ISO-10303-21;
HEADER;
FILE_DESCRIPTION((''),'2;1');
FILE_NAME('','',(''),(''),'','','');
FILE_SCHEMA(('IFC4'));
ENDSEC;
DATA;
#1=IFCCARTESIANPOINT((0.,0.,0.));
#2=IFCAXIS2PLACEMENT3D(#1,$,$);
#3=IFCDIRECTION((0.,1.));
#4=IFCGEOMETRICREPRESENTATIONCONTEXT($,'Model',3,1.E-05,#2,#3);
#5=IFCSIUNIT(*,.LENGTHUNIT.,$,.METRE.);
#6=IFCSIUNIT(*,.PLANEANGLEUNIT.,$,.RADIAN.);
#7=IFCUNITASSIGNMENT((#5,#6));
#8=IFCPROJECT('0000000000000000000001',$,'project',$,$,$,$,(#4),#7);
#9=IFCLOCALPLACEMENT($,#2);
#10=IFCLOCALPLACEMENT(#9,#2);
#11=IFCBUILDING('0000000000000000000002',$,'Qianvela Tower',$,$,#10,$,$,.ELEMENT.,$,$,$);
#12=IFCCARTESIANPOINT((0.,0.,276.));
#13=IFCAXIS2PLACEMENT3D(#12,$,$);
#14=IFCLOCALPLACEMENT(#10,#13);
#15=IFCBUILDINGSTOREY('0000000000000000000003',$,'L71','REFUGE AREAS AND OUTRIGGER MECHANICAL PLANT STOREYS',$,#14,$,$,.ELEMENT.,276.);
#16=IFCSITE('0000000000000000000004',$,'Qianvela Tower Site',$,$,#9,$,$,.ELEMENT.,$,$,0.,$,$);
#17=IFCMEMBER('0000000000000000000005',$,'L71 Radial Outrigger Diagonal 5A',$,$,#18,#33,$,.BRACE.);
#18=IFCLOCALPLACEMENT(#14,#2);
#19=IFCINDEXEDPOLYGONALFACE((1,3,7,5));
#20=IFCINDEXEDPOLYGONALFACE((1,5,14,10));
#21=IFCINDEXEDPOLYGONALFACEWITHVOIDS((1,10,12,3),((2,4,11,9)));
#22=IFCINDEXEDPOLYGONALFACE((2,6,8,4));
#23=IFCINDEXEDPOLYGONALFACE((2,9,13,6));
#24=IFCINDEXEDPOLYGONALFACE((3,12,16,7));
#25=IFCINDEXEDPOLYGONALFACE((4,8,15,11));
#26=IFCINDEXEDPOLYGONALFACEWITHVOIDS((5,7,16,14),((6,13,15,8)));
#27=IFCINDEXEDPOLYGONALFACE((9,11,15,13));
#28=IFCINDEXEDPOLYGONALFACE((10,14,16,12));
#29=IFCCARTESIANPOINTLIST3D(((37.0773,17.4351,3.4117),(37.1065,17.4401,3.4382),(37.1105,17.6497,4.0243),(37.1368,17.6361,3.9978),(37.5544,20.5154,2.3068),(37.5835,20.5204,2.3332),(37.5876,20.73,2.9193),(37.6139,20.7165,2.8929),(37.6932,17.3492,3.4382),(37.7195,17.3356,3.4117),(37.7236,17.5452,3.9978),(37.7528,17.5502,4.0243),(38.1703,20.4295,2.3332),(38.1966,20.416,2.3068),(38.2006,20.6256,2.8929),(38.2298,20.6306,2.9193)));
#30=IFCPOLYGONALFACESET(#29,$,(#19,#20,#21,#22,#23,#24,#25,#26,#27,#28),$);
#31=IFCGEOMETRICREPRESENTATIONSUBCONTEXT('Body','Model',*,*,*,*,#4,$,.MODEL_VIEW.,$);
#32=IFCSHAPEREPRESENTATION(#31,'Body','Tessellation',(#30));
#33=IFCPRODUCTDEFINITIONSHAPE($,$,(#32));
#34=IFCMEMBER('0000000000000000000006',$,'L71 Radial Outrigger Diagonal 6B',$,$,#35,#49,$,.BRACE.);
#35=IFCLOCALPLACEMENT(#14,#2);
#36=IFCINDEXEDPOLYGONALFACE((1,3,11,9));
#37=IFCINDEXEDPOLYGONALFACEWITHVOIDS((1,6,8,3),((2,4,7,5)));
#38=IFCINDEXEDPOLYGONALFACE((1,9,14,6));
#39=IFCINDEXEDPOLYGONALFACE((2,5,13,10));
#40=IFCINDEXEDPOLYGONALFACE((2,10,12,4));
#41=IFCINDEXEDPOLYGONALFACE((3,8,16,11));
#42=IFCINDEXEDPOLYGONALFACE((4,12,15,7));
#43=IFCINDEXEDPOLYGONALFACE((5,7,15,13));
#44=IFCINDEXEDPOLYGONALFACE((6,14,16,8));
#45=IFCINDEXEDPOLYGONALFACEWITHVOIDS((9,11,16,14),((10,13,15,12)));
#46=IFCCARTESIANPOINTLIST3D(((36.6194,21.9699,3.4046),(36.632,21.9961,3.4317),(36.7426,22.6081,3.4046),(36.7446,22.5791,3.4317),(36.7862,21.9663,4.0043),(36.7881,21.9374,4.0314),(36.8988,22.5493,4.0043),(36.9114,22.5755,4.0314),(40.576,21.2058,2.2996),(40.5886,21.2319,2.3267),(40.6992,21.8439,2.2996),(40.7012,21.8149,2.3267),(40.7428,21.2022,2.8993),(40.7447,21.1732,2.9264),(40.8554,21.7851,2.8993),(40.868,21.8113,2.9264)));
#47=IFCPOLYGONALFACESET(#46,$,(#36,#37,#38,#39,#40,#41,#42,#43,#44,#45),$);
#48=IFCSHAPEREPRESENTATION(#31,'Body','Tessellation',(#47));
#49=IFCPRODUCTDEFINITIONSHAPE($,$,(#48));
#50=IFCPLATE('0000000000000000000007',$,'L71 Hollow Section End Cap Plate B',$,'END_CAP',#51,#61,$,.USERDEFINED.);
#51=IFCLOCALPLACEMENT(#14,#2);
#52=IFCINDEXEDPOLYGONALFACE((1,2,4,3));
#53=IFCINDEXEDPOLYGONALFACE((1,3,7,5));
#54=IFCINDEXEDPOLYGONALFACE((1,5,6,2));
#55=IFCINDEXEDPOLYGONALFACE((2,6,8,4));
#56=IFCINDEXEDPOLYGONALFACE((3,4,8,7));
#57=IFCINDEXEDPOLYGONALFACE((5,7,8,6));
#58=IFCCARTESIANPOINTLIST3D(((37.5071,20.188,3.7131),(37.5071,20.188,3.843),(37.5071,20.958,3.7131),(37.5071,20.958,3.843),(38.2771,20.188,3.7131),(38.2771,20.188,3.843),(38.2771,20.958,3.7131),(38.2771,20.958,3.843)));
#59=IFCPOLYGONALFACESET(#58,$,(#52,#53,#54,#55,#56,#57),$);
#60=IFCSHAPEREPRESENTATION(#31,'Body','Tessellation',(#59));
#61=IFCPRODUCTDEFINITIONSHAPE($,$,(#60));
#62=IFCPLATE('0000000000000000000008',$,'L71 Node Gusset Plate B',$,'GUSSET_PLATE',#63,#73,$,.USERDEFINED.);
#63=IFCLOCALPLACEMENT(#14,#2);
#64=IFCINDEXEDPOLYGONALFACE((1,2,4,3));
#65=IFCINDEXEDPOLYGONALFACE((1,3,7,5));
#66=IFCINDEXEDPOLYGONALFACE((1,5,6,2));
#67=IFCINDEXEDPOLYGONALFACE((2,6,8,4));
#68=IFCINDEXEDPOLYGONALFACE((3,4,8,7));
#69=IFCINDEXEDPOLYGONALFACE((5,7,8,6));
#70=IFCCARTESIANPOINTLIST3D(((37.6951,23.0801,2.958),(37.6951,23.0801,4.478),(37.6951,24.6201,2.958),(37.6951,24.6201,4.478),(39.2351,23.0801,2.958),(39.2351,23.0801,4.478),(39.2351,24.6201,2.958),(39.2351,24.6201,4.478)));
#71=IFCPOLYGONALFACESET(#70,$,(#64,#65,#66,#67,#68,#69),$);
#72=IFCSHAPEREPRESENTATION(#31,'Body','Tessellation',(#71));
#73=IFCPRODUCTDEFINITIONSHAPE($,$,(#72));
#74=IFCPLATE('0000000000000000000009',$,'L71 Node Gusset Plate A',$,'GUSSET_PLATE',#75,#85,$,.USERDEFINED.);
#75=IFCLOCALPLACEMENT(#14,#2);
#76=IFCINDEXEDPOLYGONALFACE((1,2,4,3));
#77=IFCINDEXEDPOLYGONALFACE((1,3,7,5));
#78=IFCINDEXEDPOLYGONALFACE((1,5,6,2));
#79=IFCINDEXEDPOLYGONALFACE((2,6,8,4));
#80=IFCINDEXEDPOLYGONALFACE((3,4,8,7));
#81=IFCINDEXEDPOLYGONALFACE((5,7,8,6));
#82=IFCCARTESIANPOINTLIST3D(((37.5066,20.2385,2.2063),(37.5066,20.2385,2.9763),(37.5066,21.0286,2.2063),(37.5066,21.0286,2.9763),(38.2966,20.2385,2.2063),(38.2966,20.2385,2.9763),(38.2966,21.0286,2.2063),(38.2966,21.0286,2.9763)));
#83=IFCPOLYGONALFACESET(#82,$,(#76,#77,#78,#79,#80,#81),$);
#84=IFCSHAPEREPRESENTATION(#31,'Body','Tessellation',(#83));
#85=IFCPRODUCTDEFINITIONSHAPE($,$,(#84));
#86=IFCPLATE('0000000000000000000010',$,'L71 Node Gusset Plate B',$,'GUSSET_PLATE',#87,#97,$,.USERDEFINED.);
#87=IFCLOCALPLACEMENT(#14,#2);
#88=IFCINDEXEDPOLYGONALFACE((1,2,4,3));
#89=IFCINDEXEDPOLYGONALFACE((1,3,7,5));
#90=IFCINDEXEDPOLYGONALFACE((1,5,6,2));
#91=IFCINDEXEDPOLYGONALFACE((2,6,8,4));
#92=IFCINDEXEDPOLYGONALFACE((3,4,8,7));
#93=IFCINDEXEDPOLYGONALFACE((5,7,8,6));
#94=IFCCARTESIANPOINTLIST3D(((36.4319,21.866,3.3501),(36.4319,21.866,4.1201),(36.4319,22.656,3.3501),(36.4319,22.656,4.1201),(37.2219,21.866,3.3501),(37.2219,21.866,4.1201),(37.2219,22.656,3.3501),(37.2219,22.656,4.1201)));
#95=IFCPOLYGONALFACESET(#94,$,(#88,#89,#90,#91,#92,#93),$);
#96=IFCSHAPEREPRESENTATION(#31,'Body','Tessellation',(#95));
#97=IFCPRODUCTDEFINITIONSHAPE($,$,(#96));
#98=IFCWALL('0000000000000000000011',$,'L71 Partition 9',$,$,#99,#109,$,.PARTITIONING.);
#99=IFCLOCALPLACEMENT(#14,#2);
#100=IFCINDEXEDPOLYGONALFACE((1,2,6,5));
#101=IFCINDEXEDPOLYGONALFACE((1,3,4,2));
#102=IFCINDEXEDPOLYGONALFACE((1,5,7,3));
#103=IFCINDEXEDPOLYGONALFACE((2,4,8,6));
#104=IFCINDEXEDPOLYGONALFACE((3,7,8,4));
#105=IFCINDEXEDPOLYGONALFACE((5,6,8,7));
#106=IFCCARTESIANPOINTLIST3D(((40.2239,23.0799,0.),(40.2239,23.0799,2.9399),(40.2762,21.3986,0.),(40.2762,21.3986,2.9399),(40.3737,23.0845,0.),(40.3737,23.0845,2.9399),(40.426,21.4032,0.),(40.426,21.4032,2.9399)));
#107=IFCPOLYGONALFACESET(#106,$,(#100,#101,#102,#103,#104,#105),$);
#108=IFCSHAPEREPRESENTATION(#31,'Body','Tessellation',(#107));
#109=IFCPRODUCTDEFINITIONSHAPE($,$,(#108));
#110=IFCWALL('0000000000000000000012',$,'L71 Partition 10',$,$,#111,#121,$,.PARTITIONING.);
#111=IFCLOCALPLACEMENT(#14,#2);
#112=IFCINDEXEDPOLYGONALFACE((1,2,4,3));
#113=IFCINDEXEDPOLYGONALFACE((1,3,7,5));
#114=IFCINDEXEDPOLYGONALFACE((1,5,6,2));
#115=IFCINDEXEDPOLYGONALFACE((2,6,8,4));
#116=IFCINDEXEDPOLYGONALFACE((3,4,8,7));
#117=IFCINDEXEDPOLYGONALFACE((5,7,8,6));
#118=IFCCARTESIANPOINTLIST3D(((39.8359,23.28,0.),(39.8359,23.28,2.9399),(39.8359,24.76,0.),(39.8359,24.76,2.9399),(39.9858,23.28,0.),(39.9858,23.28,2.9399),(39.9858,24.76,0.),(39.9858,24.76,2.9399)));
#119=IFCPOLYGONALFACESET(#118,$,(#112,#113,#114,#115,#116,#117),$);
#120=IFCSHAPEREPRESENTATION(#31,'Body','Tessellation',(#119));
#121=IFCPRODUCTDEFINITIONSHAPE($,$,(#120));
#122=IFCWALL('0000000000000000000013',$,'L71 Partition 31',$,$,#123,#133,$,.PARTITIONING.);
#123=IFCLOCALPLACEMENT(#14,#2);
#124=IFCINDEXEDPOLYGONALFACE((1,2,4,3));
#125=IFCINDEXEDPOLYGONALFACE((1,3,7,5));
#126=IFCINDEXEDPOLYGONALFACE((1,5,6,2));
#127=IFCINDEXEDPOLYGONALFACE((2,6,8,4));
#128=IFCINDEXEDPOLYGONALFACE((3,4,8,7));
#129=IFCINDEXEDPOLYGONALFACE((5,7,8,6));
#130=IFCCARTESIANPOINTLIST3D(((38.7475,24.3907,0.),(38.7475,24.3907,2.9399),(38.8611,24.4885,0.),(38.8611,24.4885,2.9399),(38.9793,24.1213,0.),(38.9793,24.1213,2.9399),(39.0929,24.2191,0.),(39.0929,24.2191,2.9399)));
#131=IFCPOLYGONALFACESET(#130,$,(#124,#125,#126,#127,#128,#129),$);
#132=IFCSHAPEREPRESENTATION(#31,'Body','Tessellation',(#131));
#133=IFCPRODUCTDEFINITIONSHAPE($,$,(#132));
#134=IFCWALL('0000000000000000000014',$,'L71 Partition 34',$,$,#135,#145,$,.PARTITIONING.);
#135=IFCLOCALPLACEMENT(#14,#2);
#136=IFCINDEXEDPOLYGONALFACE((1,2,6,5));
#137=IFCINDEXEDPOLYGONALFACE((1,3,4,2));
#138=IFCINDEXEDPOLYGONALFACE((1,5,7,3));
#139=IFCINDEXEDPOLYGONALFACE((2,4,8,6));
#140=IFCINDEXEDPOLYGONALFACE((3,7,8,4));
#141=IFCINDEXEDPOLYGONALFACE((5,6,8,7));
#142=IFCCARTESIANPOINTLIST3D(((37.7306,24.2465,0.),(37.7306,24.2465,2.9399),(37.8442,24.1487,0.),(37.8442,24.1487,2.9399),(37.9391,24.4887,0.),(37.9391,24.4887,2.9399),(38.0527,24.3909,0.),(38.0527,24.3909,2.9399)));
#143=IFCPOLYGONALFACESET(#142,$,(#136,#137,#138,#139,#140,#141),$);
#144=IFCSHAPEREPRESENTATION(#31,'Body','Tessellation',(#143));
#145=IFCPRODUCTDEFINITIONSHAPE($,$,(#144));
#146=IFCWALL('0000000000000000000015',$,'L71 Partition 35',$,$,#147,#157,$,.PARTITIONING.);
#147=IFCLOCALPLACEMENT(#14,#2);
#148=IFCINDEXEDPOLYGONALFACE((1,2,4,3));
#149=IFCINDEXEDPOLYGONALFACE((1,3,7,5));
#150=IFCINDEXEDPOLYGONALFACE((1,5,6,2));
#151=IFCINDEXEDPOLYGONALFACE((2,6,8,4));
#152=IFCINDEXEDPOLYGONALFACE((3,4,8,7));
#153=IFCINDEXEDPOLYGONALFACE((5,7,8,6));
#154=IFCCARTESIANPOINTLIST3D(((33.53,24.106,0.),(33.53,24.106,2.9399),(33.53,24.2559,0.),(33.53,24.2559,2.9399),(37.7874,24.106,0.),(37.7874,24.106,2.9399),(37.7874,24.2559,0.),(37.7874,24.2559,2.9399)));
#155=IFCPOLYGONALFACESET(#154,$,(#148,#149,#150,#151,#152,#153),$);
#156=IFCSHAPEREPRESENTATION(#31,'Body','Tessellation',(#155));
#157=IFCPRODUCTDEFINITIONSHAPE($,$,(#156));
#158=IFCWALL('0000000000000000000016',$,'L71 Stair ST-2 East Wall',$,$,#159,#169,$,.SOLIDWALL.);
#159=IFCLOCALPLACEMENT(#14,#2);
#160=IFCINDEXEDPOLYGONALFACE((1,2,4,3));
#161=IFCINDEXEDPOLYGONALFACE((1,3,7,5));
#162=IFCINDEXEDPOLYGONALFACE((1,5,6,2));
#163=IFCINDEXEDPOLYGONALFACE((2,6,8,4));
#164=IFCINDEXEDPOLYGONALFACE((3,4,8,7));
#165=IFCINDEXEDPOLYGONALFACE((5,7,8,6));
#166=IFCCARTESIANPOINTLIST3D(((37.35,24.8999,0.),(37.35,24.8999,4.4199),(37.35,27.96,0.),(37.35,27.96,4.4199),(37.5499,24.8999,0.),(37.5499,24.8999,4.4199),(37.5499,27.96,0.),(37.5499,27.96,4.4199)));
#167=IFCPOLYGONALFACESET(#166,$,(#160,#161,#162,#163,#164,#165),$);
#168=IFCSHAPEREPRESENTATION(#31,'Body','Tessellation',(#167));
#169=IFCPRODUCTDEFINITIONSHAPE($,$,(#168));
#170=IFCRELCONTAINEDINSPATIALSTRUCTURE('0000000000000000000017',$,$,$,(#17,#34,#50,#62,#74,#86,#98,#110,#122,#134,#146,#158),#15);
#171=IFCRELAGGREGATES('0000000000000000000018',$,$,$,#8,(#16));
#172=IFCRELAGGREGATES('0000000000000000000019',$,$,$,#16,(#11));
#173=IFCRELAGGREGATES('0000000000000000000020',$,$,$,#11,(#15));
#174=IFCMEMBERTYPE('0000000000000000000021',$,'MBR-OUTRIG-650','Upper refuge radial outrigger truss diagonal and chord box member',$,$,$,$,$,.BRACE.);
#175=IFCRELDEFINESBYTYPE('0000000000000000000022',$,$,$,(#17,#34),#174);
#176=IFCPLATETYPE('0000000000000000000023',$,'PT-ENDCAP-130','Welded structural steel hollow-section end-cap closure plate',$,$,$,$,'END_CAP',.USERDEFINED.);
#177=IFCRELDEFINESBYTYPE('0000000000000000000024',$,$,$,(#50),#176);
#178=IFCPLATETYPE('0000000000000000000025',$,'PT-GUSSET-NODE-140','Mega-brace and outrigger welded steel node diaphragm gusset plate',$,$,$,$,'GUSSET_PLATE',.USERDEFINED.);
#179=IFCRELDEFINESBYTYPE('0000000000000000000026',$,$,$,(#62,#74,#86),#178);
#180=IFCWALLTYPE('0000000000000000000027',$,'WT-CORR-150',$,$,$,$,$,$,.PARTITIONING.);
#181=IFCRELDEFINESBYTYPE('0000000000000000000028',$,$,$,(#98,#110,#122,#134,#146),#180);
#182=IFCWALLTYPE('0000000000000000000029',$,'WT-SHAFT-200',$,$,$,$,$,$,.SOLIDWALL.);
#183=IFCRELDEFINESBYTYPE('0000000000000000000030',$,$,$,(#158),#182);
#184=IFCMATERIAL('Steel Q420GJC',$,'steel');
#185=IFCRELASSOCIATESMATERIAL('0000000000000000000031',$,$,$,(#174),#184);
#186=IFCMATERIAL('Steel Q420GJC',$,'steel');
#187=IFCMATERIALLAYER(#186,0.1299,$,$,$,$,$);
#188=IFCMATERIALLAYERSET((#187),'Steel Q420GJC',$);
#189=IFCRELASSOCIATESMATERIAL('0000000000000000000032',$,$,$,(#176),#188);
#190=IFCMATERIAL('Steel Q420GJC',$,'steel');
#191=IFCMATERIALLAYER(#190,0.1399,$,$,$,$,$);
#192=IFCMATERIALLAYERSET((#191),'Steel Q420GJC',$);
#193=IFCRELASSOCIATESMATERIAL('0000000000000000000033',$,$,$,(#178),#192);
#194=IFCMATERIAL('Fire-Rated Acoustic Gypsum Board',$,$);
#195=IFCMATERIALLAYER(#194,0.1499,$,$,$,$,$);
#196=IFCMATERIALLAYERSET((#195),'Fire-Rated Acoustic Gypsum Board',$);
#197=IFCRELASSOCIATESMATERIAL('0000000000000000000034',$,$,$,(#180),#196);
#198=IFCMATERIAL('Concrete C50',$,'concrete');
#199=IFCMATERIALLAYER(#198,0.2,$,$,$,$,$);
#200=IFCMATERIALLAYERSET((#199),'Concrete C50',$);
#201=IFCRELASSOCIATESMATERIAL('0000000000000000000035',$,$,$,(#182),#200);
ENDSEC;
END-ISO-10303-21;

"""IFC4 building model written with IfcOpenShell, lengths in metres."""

from ifc_helpers import new_model, si_unit, direction, frame, frame_2d, origin, origin_2d, place, context, subcontext, project, spatial, rectangle, hollow_rectangle, extrude, material, layer, layer_set, material_profile, profile_set, type_object, element, save


model = new_model("IFC4")

# Units and contexts
model_context = context("Model", 3, precision=1e-05, world=origin(), true_north=direction((0.0, 1.0)))
body_context = subcontext(model_context, "Body", "Model", "MODEL_VIEW")
ifc_project = project(units=[si_unit("LENGTHUNIT", "METRE"), si_unit("PLANEANGLEUNIT", "RADIAN")], contexts=[model_context])

# Site, building, storey
site_placement = place(None, origin())
site = spatial("IfcSite", under=ifc_project, at=site_placement, Name="Qianvela Tower Site", CompositionType="ELEMENT", RefElevation=0.0)
building_placement = place(site_placement, origin())
building = spatial("IfcBuilding", under=site, at=building_placement, Name="Qianvela Tower", CompositionType="ELEMENT")
storey_placement = place(building_placement, frame((0.0, 0.0, 276.0)))
storey = spatial("IfcBuildingStorey", under=building, at=storey_placement, Name="L71", Description="REFUGE AREAS AND OUTRIGGER MECHANICAL PLANT STOREYS", CompositionType="ELEMENT", Elevation=276.0)

# Members
ifc_material_1 = material(Name="Steel Q420GJC", Category="steel")
ifc_material_profile_1 = material_profile(ifc_material_1, hollow_rectangle(XDim=0.6499, YDim=0.6499, WallThickness=0.0281, at=origin_2d()), Name="OBOX-650x650x28")
ifc_profile_set_1 = profile_set([ifc_material_profile_1], Name="Steel Q420GJC")
member_type = type_object("IfcMemberType", Name="MBR-OUTRIG-650", Description="Upper refuge radial outrigger truss diagonal and chord box member", PredefinedType="BRACE", material=ifc_profile_set_1)
member_1_placement = place(storey_placement, frame((37.8921, 20.573, 2.613), z_axis=(-0.14425, -0.931426, 0.334123), x_axis=(0.988219, -0.153046, 0.0)))
element("IfcMember", 1, at=member_1_placement, inside=storey, type_object=member_type, Name="L71 Radial Outrigger Diagonal 5A", PredefinedType="BRACE", context=body_context, shape_type="SweptSolid", body=[
    extrude(hollow_rectangle(XDim=0.6499, YDim=0.6499, WallThickness=0.0281, at=origin_2d()), origin(), (0.0, 0.0, 1.0), 3.3071),
])
member_2_placement = place(storey_placement, frame((36.7654, 22.2727, 3.718), z_axis=(0.9469, -0.182883, -0.26445), x_axis=(0.189634, 0.981855, 0.0)))
element("IfcMember", 2, at=member_2_placement, inside=storey, type_object=member_type, Name="L71 Radial Outrigger Diagonal 6B", PredefinedType="BRACE", context=body_context, shape_type="SweptSolid", body=[
    extrude(hollow_rectangle(XDim=0.6499, YDim=0.6499, WallThickness=0.0281, at=origin_2d()), origin(), (0.0, 0.0, 1.0), 4.1785),
])

# Plates
ifc_material_2 = material(Name="Steel Q420GJC", Category="steel")
ifc_layer_1 = layer(ifc_material_2, 0.1299)
ifc_layer_set_1 = layer_set([ifc_layer_1], Name="Steel Q420GJC")
plate_type_1 = type_object("IfcPlateType", Name="PT-ENDCAP-130", Description="Welded structural steel hollow-section end-cap closure plate", ElementType="END_CAP", PredefinedType="USERDEFINED", material=ifc_layer_set_1)
plate_1_placement = place(storey_placement, frame((37.8921, 20.573, 3.7131), z_axis=(0.0, 0.0, 1.0), x_axis=(1.0, 0.0, 0.0)))
element("IfcPlate", 3, at=plate_1_placement, inside=storey, type_object=plate_type_1, Name="L71 Hollow Section End Cap Plate B", ObjectType="END_CAP", PredefinedType="USERDEFINED", context=body_context, shape_type="SweptSolid", body=[
    extrude(rectangle(XDim=0.77, YDim=0.77, at=origin_2d()), origin(), (0.0, 0.0, 1.0), 0.1299),
])
ifc_material_3 = material(Name="Steel Q420GJC", Category="steel")
ifc_layer_2 = layer(ifc_material_3, 0.1399)
ifc_layer_set_2 = layer_set([ifc_layer_2], Name="Steel Q420GJC")
plate_type_2 = type_object("IfcPlateType", Name="PT-GUSSET-NODE-140", Description="Mega-brace and outrigger welded steel node diaphragm gusset plate", ElementType="GUSSET_PLATE", PredefinedType="USERDEFINED", material=ifc_layer_set_2)
plate_2_placement = place(storey_placement, frame((38.4651, 23.8501, 2.958), z_axis=(0.0, 0.0, 1.0), x_axis=(1.0, 0.0, 0.0)))
element("IfcPlate", 4, at=plate_2_placement, inside=storey, type_object=plate_type_2, Name="L71 Node Gusset Plate B", ObjectType="GUSSET_PLATE", PredefinedType="USERDEFINED", context=body_context, shape_type="SweptSolid", body=[
    extrude(rectangle(XDim=1.54, YDim=1.54, at=origin_2d()), origin(), (0.0, 0.0, 1.0), 1.52),
])
for number, where, z_axis, x_axis, name in (
    (5, (37.9016, 20.6335, 2.2063), (0.0, 0.0, 1.0), (1.0, 0.0, 0.0), "L71 Node Gusset Plate A"),
    (6, (36.8269, 22.261, 3.3501), (0.0, 0.0, 1.0), (1.0, 0.0, 0.0), "L71 Node Gusset Plate B"),
):
    element("IfcPlate", number, at=place(storey_placement, frame(where, z_axis=z_axis, x_axis=x_axis)), inside=storey, type_object=plate_type_2, Name=name, ObjectType="GUSSET_PLATE", PredefinedType="USERDEFINED", context=body_context, shape_type="SweptSolid", body=[
        extrude(rectangle(XDim=0.79, YDim=0.79, at=origin_2d()), origin(), (0.0, 0.0, 1.0), 0.77),
    ])

# Walls
ifc_material_4 = material(Name="Fire-Rated Acoustic Gypsum Board")
ifc_layer_3 = layer(ifc_material_4, 0.1499)
ifc_layer_set_3 = layer_set([ifc_layer_3], Name="Fire-Rated Acoustic Gypsum Board")
wall_type_1 = type_object("IfcWallType", Name="WT-CORR-150", PredefinedType="PARTITIONING", material=ifc_layer_set_3)
wall_1_placement = place(storey_placement, frame((40.3511, 21.4009, 0.0), z_axis=(0.0, 0.0, 1.0), x_axis=(-0.031058, 0.999518, 0.0)))
element("IfcWall", 7, at=wall_1_placement, inside=storey, type_object=wall_type_1, Name="L71 Partition 9", PredefinedType="PARTITIONING", context=body_context, shape_type="SweptSolid", body=[
    extrude(rectangle(XDim=1.6821, YDim=0.1499, at=frame_2d((0.8411, 0.0))), origin(), (0.0, 0.0, 1.0), 2.9399),
])
wall_2_placement = place(storey_placement, frame((39.9109, 23.28, 0.0), z_axis=(0.0, 0.0, 1.0), x_axis=(0.0, 1.0, 0.0)))
element("IfcWall", 8, at=wall_2_placement, inside=storey, type_object=wall_type_1, Name="L71 Partition 10", PredefinedType="PARTITIONING", context=body_context, shape_type="SweptSolid", body=[
    extrude(rectangle(XDim=1.48, YDim=0.1499, at=frame_2d((0.74, 0.0))), origin(), (0.0, 0.0, 1.0), 2.9399),
])
wall_3_placement = place(storey_placement, frame((39.0361, 24.1702, 0.0), z_axis=(0.0, 0.0, 1.0), x_axis=(-0.65226, 0.757995, 0.0)))
element("IfcWall", 9, at=wall_3_placement, inside=storey, type_object=wall_type_1, Name="L71 Partition 31", PredefinedType="PARTITIONING", context=body_context, shape_type="SweptSolid", body=[
    extrude(rectangle(XDim=0.3555, YDim=0.1499, at=frame_2d((0.1777, 0.0))), origin(), (0.0, 0.0, 1.0), 2.9399),
])
wall_4_placement = place(storey_placement, frame((37.9958, 24.4397, 0.0), z_axis=(0.0, 0.0, 1.0), x_axis=(-0.652426, -0.757853, 0.0)))
element("IfcWall", 10, at=wall_4_placement, inside=storey, type_object=wall_type_1, Name="L71 Partition 34", PredefinedType="PARTITIONING", context=body_context, shape_type="SweptSolid", body=[
    extrude(rectangle(XDim=0.3196, YDim=0.1499, at=frame_2d((0.1597, 0.0))), origin(), (0.0, 0.0, 1.0), 2.9399),
])
wall_5_placement = place(storey_placement, frame((37.7874, 24.1809, 0.0), z_axis=(0.0, 0.0, 1.0), x_axis=(-1.0, 0.0, 0.0)))
element("IfcWall", 11, at=wall_5_placement, inside=storey, type_object=wall_type_1, Name="L71 Partition 35", PredefinedType="PARTITIONING", context=body_context, shape_type="SweptSolid", body=[
    extrude(rectangle(XDim=4.2573, YDim=0.1499, at=frame_2d((2.1287, 0.0))), origin(), (0.0, 0.0, 1.0), 2.9399),
])
ifc_material_5 = material(Name="Concrete C50", Category="concrete")
ifc_layer_4 = layer(ifc_material_5, 0.2)
ifc_layer_set_4 = layer_set([ifc_layer_4], Name="Concrete C50")
wall_type_2 = type_object("IfcWallType", Name="WT-SHAFT-200", PredefinedType="SOLIDWALL", material=ifc_layer_set_4)
wall_6_placement = place(storey_placement, frame((37.45, 24.8999, 0.0), z_axis=(0.0, 0.0, 1.0), x_axis=(0.0, 1.0, 0.0)))
element("IfcWall", 12, at=wall_6_placement, inside=storey, type_object=wall_type_2, Name="L71 Stair ST-2 East Wall", PredefinedType="SOLIDWALL", context=body_context, shape_type="SweptSolid", body=[
    extrude(rectangle(XDim=3.0601, YDim=0.2, at=frame_2d((1.53, 0.0))), origin(), (0.0, 0.0, 1.0), 4.4199),
])

save(model, "model.ifc")
